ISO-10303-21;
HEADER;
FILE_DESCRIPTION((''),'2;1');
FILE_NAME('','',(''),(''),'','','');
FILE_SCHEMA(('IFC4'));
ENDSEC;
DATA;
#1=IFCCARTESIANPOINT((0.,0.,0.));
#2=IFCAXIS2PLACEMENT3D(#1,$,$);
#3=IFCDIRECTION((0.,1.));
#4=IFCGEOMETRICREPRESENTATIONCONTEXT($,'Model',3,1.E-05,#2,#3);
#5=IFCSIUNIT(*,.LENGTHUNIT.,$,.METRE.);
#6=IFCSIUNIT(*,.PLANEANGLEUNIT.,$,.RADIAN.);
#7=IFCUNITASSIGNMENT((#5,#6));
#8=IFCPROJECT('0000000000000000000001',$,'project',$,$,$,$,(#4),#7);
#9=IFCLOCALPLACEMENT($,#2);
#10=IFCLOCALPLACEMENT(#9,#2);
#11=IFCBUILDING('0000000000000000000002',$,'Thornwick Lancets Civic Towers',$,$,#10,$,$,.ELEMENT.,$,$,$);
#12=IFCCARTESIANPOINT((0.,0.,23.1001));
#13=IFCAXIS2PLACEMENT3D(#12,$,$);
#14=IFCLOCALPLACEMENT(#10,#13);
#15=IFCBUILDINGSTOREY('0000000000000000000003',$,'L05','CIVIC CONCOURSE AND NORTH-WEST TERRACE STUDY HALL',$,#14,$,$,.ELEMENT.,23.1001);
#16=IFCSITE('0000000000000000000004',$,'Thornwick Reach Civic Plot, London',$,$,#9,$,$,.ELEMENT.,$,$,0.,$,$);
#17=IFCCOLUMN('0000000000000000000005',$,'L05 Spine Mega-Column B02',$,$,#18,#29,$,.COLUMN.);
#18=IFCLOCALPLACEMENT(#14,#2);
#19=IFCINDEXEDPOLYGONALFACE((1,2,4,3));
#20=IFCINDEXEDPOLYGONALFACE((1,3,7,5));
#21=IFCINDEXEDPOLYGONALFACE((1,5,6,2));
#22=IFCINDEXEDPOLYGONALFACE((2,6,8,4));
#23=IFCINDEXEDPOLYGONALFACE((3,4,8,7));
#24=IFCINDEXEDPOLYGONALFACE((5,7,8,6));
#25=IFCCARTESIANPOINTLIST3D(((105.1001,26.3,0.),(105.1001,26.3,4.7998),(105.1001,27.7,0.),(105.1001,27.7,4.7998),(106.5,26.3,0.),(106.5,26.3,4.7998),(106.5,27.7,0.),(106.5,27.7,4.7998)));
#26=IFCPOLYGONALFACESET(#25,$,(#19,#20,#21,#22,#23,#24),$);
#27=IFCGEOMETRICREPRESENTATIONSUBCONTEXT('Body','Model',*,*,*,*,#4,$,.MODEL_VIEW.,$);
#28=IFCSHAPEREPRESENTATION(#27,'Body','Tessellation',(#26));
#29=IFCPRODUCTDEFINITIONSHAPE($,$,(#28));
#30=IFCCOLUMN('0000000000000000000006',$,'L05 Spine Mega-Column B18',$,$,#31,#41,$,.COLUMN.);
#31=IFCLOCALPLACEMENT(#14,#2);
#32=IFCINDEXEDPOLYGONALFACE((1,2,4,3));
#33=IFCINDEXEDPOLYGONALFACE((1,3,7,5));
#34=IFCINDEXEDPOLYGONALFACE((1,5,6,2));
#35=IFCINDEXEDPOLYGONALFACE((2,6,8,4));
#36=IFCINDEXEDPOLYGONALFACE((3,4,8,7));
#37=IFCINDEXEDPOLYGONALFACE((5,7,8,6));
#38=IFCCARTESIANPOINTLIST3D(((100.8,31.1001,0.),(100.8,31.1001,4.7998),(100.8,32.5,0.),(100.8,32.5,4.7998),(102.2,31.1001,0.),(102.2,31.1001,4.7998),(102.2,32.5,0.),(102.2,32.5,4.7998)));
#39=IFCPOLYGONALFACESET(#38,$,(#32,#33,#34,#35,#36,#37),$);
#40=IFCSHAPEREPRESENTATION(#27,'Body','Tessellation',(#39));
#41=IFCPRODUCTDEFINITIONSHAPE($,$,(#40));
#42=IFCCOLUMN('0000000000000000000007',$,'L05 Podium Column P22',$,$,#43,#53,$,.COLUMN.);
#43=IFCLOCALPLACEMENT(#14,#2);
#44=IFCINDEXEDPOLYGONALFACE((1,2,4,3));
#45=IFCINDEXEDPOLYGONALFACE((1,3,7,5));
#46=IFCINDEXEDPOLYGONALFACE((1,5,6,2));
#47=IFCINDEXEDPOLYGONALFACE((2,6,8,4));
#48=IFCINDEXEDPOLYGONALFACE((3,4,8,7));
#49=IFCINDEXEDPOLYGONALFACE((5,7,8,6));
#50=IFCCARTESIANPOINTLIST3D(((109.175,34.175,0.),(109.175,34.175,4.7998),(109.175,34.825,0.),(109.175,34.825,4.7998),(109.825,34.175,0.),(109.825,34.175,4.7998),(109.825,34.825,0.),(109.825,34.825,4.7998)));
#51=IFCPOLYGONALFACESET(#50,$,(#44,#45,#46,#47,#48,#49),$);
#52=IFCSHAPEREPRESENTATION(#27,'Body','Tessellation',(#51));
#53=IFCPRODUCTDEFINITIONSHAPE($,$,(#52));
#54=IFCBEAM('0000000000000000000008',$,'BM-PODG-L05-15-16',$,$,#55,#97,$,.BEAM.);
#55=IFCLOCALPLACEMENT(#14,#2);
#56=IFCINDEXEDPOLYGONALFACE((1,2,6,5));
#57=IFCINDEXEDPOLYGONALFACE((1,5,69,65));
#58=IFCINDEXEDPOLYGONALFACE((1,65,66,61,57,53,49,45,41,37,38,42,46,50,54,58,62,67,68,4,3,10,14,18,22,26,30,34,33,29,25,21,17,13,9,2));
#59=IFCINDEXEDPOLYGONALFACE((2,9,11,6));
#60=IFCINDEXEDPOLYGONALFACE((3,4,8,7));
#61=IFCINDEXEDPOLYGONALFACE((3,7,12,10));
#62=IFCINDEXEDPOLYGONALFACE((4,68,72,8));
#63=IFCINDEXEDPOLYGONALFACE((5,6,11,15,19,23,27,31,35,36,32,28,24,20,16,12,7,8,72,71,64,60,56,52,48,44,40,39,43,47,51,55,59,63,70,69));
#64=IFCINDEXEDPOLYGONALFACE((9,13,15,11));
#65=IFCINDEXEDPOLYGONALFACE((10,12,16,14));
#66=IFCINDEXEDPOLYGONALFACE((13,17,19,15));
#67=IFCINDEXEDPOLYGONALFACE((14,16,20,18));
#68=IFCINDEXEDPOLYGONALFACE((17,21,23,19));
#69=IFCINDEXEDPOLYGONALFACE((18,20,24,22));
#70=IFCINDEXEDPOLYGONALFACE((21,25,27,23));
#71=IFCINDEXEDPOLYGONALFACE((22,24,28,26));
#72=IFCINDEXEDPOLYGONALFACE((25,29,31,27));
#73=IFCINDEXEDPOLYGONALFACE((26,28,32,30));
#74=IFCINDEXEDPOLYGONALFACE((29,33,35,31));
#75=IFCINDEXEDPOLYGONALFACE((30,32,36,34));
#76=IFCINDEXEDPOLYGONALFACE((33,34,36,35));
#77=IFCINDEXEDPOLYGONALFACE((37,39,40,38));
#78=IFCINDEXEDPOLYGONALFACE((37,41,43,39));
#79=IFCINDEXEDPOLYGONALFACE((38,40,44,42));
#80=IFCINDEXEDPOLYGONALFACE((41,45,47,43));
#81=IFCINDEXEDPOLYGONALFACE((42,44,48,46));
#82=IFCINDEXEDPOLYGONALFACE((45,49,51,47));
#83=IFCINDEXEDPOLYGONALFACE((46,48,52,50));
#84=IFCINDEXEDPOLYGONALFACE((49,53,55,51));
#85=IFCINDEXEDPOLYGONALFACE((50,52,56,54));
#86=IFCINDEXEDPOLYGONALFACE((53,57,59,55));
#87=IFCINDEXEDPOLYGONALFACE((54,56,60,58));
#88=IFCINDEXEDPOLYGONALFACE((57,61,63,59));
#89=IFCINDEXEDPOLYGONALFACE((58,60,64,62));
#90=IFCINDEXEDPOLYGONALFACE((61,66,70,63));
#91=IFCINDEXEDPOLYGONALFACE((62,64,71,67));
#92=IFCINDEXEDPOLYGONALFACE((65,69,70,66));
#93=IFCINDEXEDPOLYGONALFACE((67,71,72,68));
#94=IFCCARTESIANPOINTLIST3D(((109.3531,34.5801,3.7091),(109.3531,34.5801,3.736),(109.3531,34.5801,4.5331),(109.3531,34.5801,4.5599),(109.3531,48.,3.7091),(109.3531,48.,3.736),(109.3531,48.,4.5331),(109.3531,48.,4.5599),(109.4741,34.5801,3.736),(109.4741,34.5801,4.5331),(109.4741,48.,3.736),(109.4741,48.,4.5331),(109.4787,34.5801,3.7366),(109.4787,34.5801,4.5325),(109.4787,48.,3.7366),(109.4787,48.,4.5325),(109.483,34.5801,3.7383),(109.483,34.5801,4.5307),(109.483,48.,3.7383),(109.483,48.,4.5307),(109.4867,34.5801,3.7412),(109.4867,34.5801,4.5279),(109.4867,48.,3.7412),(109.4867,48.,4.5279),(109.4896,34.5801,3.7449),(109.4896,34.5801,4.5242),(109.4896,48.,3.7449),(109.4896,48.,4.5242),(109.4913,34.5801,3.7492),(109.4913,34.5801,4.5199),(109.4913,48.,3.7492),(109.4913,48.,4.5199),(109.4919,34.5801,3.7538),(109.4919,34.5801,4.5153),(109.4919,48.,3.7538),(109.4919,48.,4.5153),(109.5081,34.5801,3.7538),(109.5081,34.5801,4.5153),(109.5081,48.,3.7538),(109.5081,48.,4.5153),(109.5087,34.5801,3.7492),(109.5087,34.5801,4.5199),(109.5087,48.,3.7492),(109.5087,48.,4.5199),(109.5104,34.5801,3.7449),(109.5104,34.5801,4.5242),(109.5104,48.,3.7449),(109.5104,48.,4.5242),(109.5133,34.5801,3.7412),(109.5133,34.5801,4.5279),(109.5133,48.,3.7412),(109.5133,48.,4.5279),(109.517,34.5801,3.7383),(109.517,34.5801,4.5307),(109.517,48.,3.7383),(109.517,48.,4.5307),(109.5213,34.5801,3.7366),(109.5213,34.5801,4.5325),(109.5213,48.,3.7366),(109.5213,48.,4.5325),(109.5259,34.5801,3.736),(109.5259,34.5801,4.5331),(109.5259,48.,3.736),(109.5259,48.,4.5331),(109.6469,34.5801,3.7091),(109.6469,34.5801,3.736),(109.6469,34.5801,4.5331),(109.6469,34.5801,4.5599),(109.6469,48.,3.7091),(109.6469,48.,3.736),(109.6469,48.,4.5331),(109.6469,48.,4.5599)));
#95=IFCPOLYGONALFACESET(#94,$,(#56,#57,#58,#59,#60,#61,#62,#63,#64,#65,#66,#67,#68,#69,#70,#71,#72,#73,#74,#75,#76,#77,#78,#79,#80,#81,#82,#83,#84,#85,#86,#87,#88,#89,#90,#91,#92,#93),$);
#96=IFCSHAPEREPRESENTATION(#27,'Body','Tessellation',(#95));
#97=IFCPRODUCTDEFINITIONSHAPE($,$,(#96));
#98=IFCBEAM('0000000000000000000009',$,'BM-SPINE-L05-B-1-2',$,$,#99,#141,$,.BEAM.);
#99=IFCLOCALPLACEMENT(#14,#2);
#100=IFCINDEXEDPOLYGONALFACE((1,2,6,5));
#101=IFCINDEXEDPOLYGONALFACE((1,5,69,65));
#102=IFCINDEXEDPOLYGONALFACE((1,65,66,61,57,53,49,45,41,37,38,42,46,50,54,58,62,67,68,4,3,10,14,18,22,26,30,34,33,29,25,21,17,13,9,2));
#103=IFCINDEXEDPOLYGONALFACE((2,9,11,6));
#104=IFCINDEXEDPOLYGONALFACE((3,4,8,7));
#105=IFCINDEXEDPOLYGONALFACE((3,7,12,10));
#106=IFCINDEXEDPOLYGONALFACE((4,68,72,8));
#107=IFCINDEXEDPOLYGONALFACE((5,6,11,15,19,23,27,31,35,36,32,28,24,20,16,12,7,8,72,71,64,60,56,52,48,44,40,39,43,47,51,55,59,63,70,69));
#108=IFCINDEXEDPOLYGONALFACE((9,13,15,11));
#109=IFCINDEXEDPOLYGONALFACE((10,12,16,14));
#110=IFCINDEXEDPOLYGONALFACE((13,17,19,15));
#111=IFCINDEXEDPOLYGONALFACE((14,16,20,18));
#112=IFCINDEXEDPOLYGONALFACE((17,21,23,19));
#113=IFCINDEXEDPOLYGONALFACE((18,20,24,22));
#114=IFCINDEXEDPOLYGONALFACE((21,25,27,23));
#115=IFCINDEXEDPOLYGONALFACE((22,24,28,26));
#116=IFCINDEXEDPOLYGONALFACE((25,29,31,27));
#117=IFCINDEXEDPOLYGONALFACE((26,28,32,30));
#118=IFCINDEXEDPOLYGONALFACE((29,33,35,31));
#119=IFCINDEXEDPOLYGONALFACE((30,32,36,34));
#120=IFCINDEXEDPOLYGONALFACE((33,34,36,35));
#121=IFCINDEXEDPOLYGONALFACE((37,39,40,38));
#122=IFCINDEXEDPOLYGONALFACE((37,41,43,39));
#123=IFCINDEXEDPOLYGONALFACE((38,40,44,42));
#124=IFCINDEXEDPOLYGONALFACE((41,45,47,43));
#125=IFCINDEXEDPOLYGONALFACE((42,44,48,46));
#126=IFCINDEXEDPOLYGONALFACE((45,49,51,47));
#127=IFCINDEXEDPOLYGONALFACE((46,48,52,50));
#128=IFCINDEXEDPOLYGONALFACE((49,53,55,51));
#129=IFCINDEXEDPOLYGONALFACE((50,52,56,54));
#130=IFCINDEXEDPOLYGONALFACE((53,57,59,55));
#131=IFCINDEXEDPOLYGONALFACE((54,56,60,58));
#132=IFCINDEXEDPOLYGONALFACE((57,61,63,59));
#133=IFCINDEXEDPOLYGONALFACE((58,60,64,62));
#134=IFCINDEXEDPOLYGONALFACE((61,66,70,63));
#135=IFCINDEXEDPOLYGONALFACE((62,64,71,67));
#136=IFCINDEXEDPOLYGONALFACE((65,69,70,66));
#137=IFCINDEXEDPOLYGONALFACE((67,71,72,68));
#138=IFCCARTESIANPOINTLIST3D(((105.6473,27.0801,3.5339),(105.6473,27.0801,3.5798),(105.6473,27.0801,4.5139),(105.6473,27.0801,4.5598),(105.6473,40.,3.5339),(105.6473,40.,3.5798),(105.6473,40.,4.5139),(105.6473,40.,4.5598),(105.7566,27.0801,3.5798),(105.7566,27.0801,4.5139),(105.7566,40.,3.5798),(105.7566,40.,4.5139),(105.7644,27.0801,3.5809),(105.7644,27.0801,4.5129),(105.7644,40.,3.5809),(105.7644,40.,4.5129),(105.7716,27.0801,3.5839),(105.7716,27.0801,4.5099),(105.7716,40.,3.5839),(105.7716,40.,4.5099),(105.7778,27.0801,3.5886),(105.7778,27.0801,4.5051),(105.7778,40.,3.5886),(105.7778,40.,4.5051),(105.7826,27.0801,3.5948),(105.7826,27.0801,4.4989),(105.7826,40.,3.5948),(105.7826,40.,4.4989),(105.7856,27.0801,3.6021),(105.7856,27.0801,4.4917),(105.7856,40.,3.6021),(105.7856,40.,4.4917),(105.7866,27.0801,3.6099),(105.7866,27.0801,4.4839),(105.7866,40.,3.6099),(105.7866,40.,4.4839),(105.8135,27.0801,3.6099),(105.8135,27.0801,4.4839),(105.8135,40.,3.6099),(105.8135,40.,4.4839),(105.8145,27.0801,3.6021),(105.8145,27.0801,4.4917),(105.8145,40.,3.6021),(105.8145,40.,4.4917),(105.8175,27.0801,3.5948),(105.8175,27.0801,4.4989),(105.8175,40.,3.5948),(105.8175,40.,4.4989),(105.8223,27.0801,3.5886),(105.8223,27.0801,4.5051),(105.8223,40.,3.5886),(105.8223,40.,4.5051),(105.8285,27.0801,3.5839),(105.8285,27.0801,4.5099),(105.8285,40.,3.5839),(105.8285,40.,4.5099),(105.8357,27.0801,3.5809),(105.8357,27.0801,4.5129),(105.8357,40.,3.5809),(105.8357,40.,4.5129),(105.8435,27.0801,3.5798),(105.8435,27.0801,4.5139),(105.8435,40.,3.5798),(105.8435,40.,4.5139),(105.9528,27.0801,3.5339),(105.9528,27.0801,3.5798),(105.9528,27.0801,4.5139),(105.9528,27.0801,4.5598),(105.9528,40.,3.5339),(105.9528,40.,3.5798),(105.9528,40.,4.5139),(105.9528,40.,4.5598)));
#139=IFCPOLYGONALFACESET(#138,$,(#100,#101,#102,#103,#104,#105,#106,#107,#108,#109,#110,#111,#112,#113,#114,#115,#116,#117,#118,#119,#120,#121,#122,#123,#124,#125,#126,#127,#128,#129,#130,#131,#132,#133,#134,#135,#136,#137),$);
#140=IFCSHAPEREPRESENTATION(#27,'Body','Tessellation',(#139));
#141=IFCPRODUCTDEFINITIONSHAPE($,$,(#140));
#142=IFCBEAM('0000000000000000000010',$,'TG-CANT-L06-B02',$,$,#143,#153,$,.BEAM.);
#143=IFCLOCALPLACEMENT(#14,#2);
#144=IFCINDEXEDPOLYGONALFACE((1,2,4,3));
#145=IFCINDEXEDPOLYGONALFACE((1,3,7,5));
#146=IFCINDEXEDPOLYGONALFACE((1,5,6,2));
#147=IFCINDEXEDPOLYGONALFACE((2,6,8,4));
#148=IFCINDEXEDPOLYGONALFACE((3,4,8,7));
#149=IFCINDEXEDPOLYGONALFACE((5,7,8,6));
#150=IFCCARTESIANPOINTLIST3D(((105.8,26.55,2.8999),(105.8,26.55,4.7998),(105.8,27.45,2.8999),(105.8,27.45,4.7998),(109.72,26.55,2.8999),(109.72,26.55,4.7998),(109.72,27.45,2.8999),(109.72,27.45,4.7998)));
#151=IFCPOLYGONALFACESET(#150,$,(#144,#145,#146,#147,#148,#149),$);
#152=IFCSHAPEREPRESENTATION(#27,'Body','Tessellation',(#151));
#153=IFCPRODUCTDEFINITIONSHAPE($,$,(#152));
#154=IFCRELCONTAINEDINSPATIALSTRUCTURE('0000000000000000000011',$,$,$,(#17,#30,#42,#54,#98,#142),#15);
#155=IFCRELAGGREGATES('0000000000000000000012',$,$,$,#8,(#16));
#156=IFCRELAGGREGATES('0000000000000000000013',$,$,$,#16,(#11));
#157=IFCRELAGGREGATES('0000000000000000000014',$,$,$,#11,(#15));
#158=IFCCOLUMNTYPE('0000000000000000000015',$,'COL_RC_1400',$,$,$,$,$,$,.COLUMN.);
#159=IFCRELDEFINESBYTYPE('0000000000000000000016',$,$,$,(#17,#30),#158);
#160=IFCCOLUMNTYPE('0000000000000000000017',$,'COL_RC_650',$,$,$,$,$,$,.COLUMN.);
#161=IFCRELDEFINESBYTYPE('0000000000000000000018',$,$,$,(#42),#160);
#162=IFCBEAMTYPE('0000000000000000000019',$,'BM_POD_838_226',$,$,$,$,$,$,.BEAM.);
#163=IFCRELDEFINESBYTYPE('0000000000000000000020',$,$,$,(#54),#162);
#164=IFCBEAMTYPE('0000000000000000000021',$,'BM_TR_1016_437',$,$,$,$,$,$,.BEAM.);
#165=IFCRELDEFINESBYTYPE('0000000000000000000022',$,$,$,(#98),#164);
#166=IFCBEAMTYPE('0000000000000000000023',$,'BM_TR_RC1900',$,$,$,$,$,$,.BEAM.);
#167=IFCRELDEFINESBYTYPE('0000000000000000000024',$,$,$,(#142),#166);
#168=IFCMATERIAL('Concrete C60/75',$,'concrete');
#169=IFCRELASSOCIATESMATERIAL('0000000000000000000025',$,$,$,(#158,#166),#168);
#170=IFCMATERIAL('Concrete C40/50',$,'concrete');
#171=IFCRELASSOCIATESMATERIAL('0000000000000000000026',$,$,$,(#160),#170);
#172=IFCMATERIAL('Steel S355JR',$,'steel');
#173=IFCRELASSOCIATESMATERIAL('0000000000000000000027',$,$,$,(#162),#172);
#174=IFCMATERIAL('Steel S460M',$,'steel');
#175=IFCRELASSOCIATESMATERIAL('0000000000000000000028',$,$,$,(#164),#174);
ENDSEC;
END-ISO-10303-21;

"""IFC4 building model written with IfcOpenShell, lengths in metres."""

from ifc_helpers import new_model, si_unit, direction, frame, origin, origin_2d, place, context, subcontext, project, spatial, rectangle, i_section, extrude, material, material_profile, profile_set, type_object, element, save


model = new_model("IFC4")

# Units and contexts
model_context = context("Model", 3, precision=1e-05, world=origin(), true_north=direction((0.0, 1.0)))
body_context = subcontext(model_context, "Body", "Model", "MODEL_VIEW")
ifc_project = project(units=[si_unit("LENGTHUNIT", "METRE"), si_unit("PLANEANGLEUNIT", "RADIAN")], contexts=[model_context])

# Site, building, storey
site_placement = place(None, origin())
site = spatial("IfcSite", under=ifc_project, at=site_placement, Name="Thornwick Reach Civic Plot, London", CompositionType="ELEMENT", RefElevation=0.0)
building_placement = place(site_placement, origin())
building = spatial("IfcBuilding", under=site, at=building_placement, Name="Thornwick Lancets Civic Towers", CompositionType="ELEMENT")
storey_placement = place(building_placement, frame((0.0, 0.0, 23.1001)))
storey = spatial("IfcBuildingStorey", under=building, at=storey_placement, Name="L05", Description="CIVIC CONCOURSE AND NORTH-WEST TERRACE STUDY HALL", CompositionType="ELEMENT", Elevation=23.1001)

# Columns
ifc_material_1 = material(Name="Concrete C60/75", Category="concrete")
ifc_material_profile_1 = material_profile(ifc_material_1, rectangle(XDim=1.3999, YDim=1.3999, at=origin_2d()), Name="RC 1400x1400")
ifc_profile_set_1 = profile_set([ifc_material_profile_1], Name="Concrete C60/75")
column_type_1 = type_object("IfcColumnType", Name="COL_RC_1400", PredefinedType="COLUMN", material=ifc_profile_set_1)
for number, where, z_axis, x_axis, name in (
    (1, (105.8, 27.0, 0.0), (0.0, 0.0, 1.0), (1.0, 0.0, 0.0), "L05 Spine Mega-Column B02"),
    (2, (101.5, 31.8, 0.0), (0.0, 0.0, 1.0), (1.0, 0.0, 0.0), "L05 Spine Mega-Column B18"),
):
    element("IfcColumn", number, at=place(storey_placement, frame(where, z_axis=z_axis, x_axis=x_axis)), inside=storey, type_object=column_type_1, Name=name, PredefinedType="COLUMN", context=body_context, shape_type="SweptSolid", body=[
        extrude(rectangle(XDim=1.3999, YDim=1.3999, at=origin_2d()), origin(), (0.0, 0.0, 1.0), 4.7998),
    ])
ifc_material_2 = material(Name="Concrete C40/50", Category="concrete")
ifc_material_profile_2 = material_profile(ifc_material_2, rectangle(XDim=0.6499, YDim=0.6499, at=origin_2d()), Name="RC 650x650")
ifc_profile_set_2 = profile_set([ifc_material_profile_2], Name="Concrete C40/50")
column_type_2 = type_object("IfcColumnType", Name="COL_RC_650", PredefinedType="COLUMN", material=ifc_profile_set_2)
column_placement = place(storey_placement, frame((109.5, 34.5, 0.0), z_axis=(0.0, 0.0, 1.0), x_axis=(1.0, 0.0, 0.0)))
element("IfcColumn", 3, at=column_placement, inside=storey, type_object=column_type_2, Name="L05 Podium Column P22", PredefinedType="COLUMN", context=body_context, shape_type="SweptSolid", body=[
    extrude(rectangle(XDim=0.6499, YDim=0.6499, at=origin_2d()), origin(), (0.0, 0.0, 1.0), 4.7998),
])

# Beams
ifc_material_3 = material(Name="Steel S355JR", Category="steel")
ifc_material_profile_3 = material_profile(ifc_material_3, i_section(OverallWidth=0.2937, OverallDepth=0.8508, WebThickness=0.0161, FlangeThickness=0.0269, FilletRadius=0.0178, at=origin_2d()), Name="UKB 838x292x226")
ifc_profile_set_3 = profile_set([ifc_material_profile_3], Name="Steel S355JR")
beam_type_1 = type_object("IfcBeamType", Name="BM_POD_838_226", PredefinedType="BEAM", material=ifc_profile_set_3)
beam_1_placement = place(storey_placement, frame((109.5, 34.5801, 4.1345), z_axis=(0.0, 1.0, 0.0), x_axis=(-1.0, 0.0, 0.0)))
element("IfcBeam", 4, at=beam_1_placement, inside=storey, type_object=beam_type_1, Name="BM-PODG-L05-15-16", PredefinedType="BEAM", context=body_context, shape_type="SweptSolid", body=[
    extrude(i_section(OverallWidth=0.2937, OverallDepth=0.8508, WebThickness=0.0161, FlangeThickness=0.0269, FilletRadius=0.0178, at=origin_2d()), origin(), (0.0, 0.0, 1.0), 13.4199),
])
ifc_material_4 = material(Name="Steel S460M", Category="steel")
ifc_material_profile_4 = material_profile(ifc_material_4, i_section(OverallWidth=0.3054, OverallDepth=1.0259, WebThickness=0.0269, FlangeThickness=0.0459, FilletRadius=0.03, at=origin_2d()), Name="UKB 1016x305x437")
ifc_profile_set_4 = profile_set([ifc_material_profile_4], Name="Steel S460M")
beam_type_2 = type_object("IfcBeamType", Name="BM_TR_1016_437", PredefinedType="BEAM", material=ifc_profile_set_4)
beam_2_placement = place(storey_placement, frame((105.8, 27.0801, 4.0469), z_axis=(0.0, 1.0, 0.0), x_axis=(-1.0, 0.0, 0.0)))
element("IfcBeam", 5, at=beam_2_placement, inside=storey, type_object=beam_type_2, Name="BM-SPINE-L05-B-1-2", PredefinedType="BEAM", context=body_context, shape_type="SweptSolid", body=[
    extrude(i_section(OverallWidth=0.3054, OverallDepth=1.0259, WebThickness=0.0269, FlangeThickness=0.0459, FilletRadius=0.03, at=origin_2d()), origin(), (0.0, 0.0, 1.0), 12.9199),
])
ifc_material_profile_5 = material_profile(ifc_material_1, rectangle(XDim=0.8999, YDim=1.8999, at=origin_2d()), Name="RC 900x1900")
ifc_profile_set_5 = profile_set([ifc_material_profile_5], Name="Concrete C60/75")
beam_type_3 = type_object("IfcBeamType", Name="BM_TR_RC1900", PredefinedType="BEAM", material=ifc_profile_set_5)
beam_3_placement = place(storey_placement, frame((105.8, 27.0, 3.8499), z_axis=(1.0, 0.0, 0.0), x_axis=(0.0, 1.0, 0.0)))
element("IfcBeam", 6, at=beam_3_placement, inside=storey, type_object=beam_type_3, Name="TG-CANT-L06-B02", PredefinedType="BEAM", context=body_context, shape_type="SweptSolid", body=[
    extrude(rectangle(XDim=0.8999, YDim=1.8999, at=origin_2d()), origin(), (0.0, 0.0, 1.0), 3.9199),
])

save(model, "model.ifc")
